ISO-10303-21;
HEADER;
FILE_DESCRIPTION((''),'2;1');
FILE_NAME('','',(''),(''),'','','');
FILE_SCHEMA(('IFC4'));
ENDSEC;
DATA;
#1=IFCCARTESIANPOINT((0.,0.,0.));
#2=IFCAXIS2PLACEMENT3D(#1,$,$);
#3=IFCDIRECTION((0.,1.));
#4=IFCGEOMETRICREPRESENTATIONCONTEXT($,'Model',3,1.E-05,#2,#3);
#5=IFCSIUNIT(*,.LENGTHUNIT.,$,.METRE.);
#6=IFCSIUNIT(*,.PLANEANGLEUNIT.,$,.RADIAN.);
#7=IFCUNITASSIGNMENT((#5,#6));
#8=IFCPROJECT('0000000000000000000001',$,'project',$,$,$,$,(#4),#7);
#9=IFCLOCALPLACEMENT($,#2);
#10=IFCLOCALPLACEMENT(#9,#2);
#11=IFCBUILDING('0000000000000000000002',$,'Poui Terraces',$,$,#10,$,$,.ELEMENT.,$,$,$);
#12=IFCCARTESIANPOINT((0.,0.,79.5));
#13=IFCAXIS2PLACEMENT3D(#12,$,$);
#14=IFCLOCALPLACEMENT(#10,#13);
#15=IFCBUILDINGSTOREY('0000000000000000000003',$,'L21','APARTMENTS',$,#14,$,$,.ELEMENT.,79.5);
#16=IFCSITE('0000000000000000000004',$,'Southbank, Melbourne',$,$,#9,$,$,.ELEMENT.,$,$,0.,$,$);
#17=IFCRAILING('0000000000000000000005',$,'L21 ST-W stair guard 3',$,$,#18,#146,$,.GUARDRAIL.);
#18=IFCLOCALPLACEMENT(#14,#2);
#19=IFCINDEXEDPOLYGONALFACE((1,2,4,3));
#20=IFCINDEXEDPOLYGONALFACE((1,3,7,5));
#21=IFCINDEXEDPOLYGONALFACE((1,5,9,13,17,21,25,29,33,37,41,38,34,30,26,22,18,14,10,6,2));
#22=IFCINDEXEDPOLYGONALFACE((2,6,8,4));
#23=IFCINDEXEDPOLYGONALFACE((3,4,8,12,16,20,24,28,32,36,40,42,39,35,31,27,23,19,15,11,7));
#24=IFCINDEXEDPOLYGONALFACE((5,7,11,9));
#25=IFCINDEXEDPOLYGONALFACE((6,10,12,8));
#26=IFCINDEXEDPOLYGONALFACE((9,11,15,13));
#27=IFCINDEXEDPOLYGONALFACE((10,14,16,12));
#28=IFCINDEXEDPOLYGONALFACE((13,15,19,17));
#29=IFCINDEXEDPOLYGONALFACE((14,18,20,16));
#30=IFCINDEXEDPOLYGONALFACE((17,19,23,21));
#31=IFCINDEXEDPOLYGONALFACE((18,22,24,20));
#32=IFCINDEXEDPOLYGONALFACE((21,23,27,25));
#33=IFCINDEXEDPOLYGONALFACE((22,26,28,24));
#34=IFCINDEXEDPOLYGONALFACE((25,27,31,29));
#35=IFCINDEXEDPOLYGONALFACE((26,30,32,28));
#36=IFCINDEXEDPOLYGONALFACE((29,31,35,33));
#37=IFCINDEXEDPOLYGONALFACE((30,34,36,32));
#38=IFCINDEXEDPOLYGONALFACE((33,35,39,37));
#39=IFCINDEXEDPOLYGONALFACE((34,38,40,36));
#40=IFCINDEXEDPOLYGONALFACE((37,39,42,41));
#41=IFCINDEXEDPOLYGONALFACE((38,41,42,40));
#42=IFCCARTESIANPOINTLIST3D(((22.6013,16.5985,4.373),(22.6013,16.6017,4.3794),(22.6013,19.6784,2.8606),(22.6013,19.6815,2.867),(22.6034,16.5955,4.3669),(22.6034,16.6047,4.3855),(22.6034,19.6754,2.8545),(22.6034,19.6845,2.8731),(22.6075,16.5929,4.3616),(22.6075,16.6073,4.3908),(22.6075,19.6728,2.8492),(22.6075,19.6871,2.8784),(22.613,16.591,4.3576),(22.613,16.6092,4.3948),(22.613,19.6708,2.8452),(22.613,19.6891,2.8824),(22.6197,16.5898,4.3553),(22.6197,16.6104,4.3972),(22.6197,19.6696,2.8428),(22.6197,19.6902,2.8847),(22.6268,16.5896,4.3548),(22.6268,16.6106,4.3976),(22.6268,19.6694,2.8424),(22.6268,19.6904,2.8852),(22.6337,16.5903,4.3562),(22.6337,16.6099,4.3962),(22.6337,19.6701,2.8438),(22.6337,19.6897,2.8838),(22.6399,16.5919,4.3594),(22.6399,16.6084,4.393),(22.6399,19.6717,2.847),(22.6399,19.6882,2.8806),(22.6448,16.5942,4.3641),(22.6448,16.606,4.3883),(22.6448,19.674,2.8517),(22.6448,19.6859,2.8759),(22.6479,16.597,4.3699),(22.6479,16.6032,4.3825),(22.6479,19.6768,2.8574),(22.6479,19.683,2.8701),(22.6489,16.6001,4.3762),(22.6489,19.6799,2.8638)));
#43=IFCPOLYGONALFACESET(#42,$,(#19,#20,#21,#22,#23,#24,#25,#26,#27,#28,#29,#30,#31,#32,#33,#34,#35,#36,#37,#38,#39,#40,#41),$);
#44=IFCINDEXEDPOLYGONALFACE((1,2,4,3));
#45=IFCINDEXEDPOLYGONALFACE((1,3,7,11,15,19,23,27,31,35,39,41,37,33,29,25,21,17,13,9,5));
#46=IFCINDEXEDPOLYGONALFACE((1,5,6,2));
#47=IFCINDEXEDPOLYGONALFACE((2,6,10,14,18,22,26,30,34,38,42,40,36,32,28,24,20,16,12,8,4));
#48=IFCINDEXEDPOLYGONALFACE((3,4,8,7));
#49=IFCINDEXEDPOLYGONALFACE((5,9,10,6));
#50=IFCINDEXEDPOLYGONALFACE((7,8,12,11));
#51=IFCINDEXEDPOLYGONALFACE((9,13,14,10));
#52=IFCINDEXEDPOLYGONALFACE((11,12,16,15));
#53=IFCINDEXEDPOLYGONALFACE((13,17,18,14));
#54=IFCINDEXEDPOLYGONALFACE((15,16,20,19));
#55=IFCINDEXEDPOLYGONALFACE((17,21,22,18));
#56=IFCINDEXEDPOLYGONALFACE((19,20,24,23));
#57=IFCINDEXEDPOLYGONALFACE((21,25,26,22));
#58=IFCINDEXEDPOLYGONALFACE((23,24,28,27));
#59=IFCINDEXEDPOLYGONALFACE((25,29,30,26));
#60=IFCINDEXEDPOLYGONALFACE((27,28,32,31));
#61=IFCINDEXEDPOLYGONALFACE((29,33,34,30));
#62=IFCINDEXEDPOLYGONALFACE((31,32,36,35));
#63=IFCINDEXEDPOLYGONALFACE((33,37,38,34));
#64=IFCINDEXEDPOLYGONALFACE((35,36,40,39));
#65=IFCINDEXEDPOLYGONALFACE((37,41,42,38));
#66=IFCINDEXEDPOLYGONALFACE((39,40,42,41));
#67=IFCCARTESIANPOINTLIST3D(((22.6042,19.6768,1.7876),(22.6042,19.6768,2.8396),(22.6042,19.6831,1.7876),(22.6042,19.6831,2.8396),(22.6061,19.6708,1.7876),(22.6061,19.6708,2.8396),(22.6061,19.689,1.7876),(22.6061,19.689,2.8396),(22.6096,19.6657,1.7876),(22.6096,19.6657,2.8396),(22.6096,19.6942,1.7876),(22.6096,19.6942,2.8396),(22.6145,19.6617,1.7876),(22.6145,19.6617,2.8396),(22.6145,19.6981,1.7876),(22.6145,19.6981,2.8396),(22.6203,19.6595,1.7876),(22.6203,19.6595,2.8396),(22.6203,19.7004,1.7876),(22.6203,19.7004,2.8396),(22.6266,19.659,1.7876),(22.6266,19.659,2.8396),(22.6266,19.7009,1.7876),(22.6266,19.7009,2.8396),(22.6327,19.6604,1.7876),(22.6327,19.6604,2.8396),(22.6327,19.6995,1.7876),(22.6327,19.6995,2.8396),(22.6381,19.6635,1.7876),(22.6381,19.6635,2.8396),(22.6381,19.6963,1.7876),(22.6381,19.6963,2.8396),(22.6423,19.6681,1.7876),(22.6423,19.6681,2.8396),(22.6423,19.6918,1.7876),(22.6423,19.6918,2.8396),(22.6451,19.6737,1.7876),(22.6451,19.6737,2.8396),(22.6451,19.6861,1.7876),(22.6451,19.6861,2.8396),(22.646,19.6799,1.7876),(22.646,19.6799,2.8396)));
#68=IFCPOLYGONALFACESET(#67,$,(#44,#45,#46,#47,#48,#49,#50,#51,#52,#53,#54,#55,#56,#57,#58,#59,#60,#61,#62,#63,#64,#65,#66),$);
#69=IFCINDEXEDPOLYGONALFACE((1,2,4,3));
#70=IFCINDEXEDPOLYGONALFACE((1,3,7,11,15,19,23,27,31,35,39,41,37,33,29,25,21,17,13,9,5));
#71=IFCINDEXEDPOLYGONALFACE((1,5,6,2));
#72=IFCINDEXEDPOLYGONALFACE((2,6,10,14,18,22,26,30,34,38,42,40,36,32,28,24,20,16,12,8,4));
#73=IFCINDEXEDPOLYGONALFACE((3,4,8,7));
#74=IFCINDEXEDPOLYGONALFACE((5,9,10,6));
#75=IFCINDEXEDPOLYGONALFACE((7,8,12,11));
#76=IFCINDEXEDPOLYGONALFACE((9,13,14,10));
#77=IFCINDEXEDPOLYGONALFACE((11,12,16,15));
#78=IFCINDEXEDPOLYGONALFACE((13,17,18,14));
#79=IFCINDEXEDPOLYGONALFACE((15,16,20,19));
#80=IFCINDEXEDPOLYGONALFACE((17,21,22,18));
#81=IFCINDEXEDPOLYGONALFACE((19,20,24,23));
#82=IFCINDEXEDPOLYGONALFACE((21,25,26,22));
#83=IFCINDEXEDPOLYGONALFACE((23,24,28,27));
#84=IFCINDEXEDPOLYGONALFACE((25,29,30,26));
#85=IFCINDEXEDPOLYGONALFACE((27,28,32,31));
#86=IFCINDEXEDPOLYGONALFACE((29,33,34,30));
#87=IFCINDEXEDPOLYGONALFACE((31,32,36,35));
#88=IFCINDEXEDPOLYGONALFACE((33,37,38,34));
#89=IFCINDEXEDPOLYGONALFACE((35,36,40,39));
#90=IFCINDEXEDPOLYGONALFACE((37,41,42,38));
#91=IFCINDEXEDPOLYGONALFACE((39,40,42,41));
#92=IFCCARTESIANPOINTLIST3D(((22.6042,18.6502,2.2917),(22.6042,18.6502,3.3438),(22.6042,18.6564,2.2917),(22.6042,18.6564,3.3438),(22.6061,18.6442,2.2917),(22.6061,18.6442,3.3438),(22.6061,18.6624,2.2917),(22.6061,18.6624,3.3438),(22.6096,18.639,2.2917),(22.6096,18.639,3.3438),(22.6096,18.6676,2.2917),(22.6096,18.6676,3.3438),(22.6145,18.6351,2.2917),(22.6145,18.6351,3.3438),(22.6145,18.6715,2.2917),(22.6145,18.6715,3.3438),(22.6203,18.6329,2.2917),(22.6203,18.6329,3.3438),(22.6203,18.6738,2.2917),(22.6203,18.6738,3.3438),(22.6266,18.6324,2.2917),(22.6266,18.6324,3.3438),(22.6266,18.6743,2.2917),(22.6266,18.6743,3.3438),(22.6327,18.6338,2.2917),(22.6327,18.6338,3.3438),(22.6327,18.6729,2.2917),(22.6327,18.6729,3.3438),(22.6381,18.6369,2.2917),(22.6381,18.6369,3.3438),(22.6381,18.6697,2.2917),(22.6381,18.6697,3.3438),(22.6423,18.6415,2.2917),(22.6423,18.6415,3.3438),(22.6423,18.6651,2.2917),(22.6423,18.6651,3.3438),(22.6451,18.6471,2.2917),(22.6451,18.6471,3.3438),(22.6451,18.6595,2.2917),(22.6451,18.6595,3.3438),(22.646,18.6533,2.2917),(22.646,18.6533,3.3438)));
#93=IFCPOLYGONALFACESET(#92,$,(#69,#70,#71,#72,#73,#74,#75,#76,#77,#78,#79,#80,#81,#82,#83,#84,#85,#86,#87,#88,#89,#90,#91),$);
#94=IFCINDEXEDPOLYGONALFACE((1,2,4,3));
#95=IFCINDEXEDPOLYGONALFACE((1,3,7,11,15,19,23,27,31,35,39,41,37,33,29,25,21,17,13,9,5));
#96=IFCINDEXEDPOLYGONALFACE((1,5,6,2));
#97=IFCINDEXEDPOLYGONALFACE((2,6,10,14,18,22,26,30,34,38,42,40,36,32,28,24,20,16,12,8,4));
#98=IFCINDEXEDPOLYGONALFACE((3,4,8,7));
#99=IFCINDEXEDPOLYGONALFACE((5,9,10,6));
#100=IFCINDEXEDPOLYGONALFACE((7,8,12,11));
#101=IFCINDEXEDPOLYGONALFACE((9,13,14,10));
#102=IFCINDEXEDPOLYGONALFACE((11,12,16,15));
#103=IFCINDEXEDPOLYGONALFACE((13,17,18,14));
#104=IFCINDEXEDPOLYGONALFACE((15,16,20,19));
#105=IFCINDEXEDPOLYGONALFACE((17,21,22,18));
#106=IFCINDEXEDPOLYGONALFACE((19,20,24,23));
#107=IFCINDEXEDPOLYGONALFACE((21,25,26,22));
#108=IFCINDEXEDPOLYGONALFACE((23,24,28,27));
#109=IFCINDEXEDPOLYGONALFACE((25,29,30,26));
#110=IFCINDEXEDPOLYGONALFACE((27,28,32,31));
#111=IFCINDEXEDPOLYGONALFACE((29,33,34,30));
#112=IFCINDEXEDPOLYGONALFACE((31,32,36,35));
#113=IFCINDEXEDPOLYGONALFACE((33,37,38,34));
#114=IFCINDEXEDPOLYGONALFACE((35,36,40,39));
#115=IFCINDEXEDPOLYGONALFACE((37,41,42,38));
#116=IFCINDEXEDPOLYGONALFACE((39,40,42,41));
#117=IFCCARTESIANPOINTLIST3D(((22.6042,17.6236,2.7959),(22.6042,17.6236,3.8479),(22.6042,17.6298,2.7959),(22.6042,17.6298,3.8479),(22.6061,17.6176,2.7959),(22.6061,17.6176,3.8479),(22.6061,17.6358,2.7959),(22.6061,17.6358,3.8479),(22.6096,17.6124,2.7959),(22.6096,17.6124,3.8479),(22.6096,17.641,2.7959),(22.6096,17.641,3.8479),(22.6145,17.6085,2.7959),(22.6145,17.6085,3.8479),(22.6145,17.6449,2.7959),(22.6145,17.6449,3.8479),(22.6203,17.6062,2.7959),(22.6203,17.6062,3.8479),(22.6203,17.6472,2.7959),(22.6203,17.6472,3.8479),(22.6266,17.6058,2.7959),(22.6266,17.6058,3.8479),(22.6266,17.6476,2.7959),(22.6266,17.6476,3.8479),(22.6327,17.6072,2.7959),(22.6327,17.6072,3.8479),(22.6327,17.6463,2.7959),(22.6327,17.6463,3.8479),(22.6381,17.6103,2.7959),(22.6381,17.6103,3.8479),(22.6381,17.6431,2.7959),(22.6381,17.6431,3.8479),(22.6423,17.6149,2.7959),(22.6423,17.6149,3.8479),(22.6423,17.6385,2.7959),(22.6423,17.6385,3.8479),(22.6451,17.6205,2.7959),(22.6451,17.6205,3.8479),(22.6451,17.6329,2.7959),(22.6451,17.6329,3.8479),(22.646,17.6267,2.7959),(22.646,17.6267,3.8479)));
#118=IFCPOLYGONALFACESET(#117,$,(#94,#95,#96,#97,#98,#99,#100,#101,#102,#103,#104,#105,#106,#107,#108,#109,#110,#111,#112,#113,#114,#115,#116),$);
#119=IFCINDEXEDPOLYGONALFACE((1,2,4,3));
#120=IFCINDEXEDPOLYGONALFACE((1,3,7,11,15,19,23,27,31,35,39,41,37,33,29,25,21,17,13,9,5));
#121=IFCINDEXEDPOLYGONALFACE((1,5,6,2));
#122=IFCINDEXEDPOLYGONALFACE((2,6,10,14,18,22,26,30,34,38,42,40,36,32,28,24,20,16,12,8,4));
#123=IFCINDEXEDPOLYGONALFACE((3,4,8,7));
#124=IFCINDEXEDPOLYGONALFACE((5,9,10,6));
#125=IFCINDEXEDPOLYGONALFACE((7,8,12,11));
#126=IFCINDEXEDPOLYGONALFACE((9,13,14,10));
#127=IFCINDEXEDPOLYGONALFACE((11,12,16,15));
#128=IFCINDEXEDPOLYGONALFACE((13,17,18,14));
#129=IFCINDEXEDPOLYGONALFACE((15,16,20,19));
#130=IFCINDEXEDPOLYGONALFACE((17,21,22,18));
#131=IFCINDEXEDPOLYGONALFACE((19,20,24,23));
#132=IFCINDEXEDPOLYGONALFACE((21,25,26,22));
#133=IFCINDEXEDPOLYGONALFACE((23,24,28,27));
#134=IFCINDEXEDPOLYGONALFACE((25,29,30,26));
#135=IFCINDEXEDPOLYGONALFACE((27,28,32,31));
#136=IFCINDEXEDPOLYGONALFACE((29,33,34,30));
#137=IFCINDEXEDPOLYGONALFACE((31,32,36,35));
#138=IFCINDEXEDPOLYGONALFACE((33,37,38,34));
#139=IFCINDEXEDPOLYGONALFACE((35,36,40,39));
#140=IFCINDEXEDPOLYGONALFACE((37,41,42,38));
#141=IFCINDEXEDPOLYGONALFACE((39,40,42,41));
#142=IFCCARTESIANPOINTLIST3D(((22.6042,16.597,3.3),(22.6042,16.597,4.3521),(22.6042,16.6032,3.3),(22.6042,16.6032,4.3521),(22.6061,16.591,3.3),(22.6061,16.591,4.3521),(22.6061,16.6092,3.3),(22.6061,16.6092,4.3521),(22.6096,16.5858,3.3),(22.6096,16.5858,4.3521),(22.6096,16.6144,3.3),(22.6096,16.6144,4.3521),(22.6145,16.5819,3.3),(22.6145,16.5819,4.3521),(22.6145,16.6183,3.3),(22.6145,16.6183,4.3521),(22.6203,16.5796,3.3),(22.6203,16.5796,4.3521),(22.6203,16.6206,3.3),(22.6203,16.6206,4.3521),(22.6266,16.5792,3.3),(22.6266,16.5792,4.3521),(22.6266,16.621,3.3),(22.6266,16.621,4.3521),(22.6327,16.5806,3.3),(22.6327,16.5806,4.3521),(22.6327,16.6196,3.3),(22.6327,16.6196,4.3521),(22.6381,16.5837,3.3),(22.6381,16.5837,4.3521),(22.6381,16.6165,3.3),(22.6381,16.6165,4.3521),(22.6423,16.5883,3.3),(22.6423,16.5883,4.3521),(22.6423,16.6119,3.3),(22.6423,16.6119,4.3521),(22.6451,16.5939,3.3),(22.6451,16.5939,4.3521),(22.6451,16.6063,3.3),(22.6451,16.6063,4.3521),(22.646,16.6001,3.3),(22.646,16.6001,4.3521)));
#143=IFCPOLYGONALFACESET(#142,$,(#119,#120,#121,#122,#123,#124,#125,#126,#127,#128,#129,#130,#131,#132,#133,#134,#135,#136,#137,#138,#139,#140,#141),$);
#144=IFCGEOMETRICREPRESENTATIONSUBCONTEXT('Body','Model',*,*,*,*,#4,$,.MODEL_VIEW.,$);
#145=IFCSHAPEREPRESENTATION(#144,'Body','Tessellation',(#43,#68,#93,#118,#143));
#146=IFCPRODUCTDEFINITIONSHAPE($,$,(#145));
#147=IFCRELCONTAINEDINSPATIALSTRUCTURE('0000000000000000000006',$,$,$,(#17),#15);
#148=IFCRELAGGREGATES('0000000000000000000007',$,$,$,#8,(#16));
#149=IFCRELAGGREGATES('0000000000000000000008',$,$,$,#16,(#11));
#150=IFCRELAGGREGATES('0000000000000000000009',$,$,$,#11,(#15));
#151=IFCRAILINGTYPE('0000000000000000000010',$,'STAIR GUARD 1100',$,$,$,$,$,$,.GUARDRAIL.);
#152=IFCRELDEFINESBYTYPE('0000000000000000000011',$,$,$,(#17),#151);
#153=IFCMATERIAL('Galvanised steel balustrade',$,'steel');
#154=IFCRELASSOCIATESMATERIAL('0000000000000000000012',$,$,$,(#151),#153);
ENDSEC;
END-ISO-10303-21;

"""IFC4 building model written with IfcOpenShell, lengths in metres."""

from ifc_helpers import new_model, si_unit, direction, frame, origin, origin_2d, place, context, subcontext, project, spatial, circle, extrude, material, type_object, element, save


model = new_model("IFC4")

# Units and contexts
model_context = context("Model", 3, precision=1e-05, world=origin(), true_north=direction((0.0, 1.0)))
body_context = subcontext(model_context, "Body", "Model", "MODEL_VIEW")
ifc_project = project(units=[si_unit("LENGTHUNIT", "METRE"), si_unit("PLANEANGLEUNIT", "RADIAN")], contexts=[model_context])

# Site, building, storey
site_placement = place(None, origin())
site = spatial("IfcSite", under=ifc_project, at=site_placement, Name="Southbank, Melbourne", CompositionType="ELEMENT", RefElevation=0.0)
building_placement = place(site_placement, origin())
building = spatial("IfcBuilding", under=site, at=building_placement, Name="Poui Terraces", CompositionType="ELEMENT")
storey_placement = place(building_placement, frame((0.0, 0.0, 79.5)))
storey = spatial("IfcBuildingStorey", under=building, at=storey_placement, Name="L21", Description="APARTMENTS", CompositionType="ELEMENT", Elevation=79.5)

# Railing
ifc_material_1 = material(Name="Galvanised steel balustrade", Category="steel")
railing_type_1 = type_object("IfcRailingType", Name="STAIR GUARD 1100", PredefinedType="GUARDRAIL", material=ifc_material_1)
railing_1_placement = place(storey_placement, frame((22.625, 19.6799, 1.7876)))
element("IfcRailing", 1, at=railing_1_placement, inside=storey, type_object=railing_type_1, Name="L21 ST-W stair guard 3", PredefinedType="GUARDRAIL", context=body_context, shape_type="SweptSolid", body=[
    extrude(circle(Radius=0.0239, at=origin_2d()), frame((0.0, 0.0, 1.0762), z_axis=(0.0, -0.897606, 0.440798), x_axis=(1.0, 0.0, 0.0)), (0.0, 0.0, 1.0), 3.4312),
    extrude(circle(Radius=0.021, at=origin_2d()), origin(), (0.0, 0.0, 1.0), 1.052),
    extrude(circle(Radius=0.021, at=origin_2d()), frame((0.0, -1.0266, 0.5042)), (0.0, 0.0, 1.0), 1.052),
    extrude(circle(Radius=0.021, at=origin_2d()), frame((0.0, -2.0532, 1.0083)), (0.0, 0.0, 1.0), 1.052),
    extrude(circle(Radius=0.021, at=origin_2d()), frame((0.0, -3.0798, 1.5125)), (0.0, 0.0, 1.0), 1.052),
])

save(model, "model.ifc")
